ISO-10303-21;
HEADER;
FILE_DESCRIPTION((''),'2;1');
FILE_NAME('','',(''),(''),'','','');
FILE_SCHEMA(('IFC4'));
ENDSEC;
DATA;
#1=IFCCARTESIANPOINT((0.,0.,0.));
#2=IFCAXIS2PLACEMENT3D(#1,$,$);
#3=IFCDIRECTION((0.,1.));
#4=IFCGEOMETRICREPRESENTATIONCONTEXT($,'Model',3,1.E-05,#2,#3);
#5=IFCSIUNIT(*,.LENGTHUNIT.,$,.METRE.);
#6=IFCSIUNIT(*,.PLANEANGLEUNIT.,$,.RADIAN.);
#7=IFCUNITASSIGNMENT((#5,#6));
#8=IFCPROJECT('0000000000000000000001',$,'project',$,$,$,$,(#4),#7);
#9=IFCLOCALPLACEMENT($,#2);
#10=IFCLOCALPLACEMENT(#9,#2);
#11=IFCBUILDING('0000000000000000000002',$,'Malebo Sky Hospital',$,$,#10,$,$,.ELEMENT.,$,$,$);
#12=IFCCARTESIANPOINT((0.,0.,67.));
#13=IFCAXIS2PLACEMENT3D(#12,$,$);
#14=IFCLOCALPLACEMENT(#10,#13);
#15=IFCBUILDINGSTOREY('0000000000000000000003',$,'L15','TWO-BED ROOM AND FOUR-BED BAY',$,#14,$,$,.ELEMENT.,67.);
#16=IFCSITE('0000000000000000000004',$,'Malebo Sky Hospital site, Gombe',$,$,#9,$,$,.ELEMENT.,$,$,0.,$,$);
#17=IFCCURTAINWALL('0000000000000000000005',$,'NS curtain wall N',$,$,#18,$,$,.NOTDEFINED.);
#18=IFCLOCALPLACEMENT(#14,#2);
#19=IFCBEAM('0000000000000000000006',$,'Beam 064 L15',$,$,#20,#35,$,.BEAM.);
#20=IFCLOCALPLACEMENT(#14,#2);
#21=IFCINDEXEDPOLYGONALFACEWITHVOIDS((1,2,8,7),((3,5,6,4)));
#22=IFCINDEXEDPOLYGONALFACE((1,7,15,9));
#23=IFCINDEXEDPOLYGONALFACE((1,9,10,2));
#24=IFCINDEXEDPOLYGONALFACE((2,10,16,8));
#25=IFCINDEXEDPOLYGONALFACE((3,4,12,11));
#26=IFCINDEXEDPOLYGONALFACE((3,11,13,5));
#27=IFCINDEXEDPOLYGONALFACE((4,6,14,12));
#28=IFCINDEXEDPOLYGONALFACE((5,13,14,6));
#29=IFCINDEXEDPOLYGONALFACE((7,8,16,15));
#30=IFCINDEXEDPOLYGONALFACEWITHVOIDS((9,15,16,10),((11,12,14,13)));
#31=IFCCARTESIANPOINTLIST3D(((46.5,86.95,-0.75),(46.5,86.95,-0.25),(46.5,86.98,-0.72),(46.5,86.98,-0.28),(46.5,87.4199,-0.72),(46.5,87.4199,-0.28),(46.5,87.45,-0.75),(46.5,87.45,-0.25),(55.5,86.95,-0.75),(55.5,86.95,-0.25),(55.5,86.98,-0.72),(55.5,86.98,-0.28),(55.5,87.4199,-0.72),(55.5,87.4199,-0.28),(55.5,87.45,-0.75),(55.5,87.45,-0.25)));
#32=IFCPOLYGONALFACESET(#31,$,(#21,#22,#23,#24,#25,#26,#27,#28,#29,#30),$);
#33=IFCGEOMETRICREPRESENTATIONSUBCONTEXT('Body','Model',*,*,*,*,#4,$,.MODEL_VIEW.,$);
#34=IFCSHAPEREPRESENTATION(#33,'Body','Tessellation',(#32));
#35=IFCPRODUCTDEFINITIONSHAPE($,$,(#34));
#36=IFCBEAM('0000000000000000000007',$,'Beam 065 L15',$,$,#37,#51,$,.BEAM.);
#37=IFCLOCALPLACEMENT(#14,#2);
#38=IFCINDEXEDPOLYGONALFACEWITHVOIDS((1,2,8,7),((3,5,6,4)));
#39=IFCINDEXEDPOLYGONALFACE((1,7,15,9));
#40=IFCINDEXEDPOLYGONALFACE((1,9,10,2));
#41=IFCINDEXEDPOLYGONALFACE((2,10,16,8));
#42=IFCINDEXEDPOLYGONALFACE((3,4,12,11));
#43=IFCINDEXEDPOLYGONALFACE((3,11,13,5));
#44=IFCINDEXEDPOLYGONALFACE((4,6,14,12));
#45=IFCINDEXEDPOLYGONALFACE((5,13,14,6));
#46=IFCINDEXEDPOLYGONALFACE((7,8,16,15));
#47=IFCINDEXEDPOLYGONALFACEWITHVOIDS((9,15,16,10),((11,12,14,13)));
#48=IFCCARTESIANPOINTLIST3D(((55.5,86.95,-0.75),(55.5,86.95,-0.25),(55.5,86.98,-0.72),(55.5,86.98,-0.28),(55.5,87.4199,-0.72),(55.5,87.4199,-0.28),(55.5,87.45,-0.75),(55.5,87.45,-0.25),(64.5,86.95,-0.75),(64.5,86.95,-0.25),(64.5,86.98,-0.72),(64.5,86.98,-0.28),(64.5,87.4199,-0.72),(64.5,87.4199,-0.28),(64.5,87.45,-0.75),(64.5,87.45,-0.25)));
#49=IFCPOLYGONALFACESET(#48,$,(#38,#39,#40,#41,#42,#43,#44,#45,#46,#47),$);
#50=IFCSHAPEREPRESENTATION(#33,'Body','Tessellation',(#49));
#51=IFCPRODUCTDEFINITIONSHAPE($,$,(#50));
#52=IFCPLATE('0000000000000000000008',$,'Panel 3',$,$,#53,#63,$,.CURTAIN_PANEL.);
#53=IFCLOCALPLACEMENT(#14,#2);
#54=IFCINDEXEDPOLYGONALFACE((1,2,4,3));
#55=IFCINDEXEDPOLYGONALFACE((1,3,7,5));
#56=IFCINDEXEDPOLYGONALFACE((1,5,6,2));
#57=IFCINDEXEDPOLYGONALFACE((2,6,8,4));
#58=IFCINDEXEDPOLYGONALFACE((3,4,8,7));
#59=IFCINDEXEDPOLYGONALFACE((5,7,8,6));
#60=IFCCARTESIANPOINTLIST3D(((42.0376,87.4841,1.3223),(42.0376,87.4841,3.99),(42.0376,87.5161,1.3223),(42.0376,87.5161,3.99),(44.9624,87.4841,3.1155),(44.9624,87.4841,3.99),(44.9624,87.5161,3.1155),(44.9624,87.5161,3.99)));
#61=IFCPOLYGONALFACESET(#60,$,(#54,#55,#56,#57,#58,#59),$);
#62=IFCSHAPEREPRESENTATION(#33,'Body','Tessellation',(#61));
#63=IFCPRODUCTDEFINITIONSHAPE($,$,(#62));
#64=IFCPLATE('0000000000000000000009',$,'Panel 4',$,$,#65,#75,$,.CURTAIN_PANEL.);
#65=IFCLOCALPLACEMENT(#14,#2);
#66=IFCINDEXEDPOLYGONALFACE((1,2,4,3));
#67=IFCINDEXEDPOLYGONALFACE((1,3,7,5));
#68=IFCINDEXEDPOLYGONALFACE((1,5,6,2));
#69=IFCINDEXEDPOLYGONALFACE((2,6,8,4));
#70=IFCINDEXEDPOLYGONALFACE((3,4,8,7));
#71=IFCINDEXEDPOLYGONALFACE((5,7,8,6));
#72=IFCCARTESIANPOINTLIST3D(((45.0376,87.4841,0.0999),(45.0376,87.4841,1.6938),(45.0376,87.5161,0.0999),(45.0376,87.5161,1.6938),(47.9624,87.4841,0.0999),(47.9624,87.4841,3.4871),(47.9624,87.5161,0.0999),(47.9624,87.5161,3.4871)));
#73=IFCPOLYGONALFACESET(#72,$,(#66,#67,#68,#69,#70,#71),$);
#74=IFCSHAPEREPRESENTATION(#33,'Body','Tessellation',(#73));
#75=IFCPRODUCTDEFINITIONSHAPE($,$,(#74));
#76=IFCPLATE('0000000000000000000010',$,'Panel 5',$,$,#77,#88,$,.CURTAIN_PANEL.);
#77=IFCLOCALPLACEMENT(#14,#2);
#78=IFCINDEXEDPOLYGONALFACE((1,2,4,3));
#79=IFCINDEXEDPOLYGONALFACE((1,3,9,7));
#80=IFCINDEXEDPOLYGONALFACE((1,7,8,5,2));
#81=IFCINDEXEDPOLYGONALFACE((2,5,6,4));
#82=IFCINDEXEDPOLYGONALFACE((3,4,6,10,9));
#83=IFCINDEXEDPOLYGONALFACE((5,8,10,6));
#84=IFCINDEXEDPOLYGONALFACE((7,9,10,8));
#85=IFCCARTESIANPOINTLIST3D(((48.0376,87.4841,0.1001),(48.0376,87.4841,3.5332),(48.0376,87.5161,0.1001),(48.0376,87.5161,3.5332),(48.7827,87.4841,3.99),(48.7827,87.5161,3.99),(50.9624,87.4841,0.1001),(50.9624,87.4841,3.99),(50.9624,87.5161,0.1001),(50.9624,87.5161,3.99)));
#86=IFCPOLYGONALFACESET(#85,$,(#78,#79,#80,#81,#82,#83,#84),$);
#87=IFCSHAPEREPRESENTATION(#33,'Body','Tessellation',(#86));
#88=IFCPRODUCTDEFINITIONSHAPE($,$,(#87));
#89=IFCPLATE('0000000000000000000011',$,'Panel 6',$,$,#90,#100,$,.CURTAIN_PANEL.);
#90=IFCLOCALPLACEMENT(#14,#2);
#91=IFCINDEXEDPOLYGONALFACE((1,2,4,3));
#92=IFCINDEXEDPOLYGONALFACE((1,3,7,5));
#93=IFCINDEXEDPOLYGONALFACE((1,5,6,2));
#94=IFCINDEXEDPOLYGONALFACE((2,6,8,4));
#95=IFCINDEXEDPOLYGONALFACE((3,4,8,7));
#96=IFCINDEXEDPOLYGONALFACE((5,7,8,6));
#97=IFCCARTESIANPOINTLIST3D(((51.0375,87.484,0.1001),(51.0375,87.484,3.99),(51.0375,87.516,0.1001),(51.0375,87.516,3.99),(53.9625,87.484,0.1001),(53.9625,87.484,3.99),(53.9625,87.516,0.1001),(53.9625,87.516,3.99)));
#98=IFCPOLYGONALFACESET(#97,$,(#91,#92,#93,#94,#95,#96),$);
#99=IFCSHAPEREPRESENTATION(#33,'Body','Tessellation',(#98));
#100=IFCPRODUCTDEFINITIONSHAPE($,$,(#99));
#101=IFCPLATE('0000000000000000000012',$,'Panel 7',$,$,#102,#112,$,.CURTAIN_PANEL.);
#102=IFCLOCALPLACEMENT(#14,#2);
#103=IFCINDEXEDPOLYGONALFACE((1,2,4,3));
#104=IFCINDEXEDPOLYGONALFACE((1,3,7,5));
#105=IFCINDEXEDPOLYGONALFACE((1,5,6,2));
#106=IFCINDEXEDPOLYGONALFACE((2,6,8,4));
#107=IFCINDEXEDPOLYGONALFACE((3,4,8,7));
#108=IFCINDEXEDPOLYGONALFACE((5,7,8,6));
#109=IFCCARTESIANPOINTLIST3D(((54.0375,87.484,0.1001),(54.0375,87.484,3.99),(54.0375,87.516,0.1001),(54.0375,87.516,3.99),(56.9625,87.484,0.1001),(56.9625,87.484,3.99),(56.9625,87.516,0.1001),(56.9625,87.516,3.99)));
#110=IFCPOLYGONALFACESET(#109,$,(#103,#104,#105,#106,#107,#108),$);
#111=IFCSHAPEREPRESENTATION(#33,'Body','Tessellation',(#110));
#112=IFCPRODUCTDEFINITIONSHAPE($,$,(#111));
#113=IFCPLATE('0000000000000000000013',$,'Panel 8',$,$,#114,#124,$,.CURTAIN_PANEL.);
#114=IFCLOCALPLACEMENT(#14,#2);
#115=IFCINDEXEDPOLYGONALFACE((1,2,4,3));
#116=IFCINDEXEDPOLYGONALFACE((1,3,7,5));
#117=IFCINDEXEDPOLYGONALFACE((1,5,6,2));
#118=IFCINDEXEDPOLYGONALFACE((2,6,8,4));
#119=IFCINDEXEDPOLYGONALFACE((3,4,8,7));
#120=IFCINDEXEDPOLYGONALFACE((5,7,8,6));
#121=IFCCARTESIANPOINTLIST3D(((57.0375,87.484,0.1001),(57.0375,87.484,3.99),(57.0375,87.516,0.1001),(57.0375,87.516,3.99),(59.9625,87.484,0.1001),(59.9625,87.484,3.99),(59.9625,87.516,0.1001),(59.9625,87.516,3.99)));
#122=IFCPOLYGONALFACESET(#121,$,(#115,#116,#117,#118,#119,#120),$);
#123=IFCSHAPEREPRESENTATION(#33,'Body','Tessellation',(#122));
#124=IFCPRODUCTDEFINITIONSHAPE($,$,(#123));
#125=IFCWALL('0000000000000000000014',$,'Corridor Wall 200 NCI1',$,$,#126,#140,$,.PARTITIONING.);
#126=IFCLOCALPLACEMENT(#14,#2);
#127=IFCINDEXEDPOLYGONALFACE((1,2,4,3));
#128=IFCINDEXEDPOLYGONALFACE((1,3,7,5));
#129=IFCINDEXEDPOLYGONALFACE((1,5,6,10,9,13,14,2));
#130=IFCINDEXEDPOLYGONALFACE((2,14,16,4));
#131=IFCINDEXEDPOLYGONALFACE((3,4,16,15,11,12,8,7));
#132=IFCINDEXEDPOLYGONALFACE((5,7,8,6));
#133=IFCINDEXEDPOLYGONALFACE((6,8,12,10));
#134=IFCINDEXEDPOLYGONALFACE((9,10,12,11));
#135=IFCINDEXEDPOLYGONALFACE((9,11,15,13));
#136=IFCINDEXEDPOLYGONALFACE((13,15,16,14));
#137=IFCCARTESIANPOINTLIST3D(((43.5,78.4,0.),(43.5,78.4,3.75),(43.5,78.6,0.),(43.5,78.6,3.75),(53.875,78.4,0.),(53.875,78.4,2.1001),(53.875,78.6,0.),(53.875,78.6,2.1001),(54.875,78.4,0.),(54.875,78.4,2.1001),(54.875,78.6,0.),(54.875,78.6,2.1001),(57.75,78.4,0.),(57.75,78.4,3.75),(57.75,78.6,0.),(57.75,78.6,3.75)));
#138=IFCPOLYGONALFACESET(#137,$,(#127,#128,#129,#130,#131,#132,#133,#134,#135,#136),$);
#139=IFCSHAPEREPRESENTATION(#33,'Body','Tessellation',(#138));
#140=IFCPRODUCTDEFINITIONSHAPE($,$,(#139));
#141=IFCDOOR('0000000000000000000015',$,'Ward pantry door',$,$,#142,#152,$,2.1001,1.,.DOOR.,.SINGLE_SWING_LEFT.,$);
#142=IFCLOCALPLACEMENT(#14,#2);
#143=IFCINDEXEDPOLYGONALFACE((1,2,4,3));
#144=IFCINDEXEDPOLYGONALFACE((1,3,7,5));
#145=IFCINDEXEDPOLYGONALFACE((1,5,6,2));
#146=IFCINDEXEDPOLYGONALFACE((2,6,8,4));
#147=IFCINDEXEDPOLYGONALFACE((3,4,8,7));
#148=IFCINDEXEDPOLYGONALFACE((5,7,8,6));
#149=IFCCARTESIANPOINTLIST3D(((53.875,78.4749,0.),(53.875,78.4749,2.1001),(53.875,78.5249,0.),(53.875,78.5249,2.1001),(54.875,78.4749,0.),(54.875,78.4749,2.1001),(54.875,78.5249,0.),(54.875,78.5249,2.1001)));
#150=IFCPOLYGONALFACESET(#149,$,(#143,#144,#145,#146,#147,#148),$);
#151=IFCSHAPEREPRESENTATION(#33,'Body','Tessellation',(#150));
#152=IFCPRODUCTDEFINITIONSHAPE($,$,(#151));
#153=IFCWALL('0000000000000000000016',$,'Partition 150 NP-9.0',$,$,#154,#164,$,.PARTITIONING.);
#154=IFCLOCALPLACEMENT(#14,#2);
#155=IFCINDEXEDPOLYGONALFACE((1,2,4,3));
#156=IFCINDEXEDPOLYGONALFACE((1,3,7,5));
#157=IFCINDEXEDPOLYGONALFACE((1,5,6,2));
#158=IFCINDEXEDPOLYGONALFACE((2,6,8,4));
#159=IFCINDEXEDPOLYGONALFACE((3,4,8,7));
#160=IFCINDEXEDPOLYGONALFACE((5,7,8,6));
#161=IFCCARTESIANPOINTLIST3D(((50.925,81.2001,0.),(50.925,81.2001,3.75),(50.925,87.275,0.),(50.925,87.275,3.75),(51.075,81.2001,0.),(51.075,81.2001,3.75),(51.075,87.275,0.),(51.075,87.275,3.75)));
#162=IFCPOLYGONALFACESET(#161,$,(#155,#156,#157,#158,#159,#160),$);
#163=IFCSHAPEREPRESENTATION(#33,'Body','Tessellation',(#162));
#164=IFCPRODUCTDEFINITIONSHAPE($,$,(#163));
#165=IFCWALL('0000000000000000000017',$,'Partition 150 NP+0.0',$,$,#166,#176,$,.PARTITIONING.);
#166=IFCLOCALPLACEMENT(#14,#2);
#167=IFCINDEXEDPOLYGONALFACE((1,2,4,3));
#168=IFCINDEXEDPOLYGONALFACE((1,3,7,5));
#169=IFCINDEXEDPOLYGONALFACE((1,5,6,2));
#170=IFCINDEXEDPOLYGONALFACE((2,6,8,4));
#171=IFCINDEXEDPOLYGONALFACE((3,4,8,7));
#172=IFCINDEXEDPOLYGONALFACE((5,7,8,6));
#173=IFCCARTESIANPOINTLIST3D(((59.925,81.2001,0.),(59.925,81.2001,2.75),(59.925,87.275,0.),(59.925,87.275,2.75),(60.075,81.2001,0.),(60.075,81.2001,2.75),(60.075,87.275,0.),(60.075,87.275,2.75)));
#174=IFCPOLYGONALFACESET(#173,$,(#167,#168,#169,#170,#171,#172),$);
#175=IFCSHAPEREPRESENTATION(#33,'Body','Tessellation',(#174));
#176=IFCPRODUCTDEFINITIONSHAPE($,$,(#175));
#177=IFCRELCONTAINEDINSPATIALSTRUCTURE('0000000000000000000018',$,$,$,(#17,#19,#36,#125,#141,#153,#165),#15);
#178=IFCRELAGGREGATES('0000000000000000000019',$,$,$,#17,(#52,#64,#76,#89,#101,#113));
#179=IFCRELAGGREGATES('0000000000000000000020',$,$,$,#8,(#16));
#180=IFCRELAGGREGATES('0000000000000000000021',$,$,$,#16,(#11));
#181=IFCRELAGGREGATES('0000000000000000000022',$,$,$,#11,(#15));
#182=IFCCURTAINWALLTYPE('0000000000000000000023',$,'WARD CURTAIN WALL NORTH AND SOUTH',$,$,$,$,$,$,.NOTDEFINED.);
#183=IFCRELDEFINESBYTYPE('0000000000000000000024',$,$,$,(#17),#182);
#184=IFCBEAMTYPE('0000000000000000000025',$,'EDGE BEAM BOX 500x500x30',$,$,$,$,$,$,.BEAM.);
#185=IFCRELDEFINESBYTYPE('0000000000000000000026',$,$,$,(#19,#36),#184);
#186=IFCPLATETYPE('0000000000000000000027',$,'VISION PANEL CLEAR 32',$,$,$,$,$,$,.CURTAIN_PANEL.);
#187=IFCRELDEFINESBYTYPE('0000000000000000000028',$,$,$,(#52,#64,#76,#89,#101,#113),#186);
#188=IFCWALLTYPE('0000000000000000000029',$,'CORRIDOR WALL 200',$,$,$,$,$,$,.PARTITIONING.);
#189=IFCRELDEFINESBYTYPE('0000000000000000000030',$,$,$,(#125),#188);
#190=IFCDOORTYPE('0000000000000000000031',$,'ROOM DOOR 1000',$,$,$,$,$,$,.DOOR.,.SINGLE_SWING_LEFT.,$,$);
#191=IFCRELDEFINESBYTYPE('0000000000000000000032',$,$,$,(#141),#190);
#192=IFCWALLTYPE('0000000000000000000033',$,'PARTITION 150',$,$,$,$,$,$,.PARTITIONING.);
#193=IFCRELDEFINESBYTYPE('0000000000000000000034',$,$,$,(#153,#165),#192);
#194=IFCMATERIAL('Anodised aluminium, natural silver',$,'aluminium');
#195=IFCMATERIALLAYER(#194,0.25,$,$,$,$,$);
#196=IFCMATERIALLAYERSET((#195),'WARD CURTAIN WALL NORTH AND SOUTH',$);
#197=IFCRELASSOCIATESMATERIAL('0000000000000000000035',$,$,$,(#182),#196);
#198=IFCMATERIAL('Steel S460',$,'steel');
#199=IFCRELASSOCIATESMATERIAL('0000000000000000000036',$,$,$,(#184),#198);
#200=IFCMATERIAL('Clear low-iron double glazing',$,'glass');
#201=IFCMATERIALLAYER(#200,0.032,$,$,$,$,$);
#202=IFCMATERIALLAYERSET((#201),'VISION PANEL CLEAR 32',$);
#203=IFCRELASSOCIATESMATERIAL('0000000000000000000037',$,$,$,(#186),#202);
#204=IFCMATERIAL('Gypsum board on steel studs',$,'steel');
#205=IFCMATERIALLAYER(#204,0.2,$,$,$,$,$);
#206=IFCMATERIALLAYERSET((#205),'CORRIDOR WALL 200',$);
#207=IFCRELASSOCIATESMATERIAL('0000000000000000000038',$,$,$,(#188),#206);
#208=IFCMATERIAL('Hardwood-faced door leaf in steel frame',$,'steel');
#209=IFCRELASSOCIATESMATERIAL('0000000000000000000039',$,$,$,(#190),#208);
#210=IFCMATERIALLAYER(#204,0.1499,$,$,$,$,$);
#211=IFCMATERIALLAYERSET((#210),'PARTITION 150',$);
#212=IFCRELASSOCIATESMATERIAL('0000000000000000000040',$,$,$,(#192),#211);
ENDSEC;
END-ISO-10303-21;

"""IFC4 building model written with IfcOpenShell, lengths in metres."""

from ifc_helpers import new_model, si_unit, direction, frame, frame_2d, origin, origin_2d, place, context, subcontext, project, spatial, polyline, rectangle, hollow_rectangle, outline, extrude, material, layer, layer_set, material_profile, profile_set, type_object, element, fill, aggregate, save


model = new_model("IFC4")

# Units and contexts
model_context = context("Model", 3, precision=1e-05, world=origin(), true_north=direction((0.0, 1.0)))
body_context = subcontext(model_context, "Body", "Model", "MODEL_VIEW")
ifc_project = project(units=[si_unit("LENGTHUNIT", "METRE"), si_unit("PLANEANGLEUNIT", "RADIAN")], contexts=[model_context])

# Site, building, storey
site_placement = place(None, origin())
site = spatial("IfcSite", under=ifc_project, at=site_placement, Name="Malebo Sky Hospital site, Gombe", CompositionType="ELEMENT", RefElevation=0.0)
building_placement = place(site_placement, origin())
building = spatial("IfcBuilding", under=site, at=building_placement, Name="Malebo Sky Hospital", CompositionType="ELEMENT")
storey_placement = place(building_placement, frame((0.0, 0.0, 67.0)))
storey = spatial("IfcBuildingStorey", under=building, at=storey_placement, Name="L15", Description="TWO-BED ROOM AND FOUR-BED BAY", CompositionType="ELEMENT", Elevation=67.0)

# Shared definitions
ifc_material_1 = material(Name="Steel S460", Category="steel")

# Curtain wall
ifc_material_2 = material(Name="Anodised aluminium, natural silver", Category="aluminium")
ifc_layer_1 = layer(ifc_material_2, 0.25)
ifc_layer_set_1 = layer_set([ifc_layer_1], Name="WARD CURTAIN WALL NORTH AND SOUTH")
curtain_wall_type = type_object("IfcCurtainWallType", Name="WARD CURTAIN WALL NORTH AND SOUTH", PredefinedType="NOTDEFINED", material=ifc_layer_set_1)
curtain_wall_placement = place(storey_placement, origin())
curtain_wall = element("IfcCurtainWall", 1, at=curtain_wall_placement, inside=storey, type_object=curtain_wall_type, Name="NS curtain wall N", PredefinedType="NOTDEFINED")

# Beams
ifc_material_profile_1 = material_profile(ifc_material_1, hollow_rectangle(XDim=0.5, YDim=0.5, WallThickness=0.03, at=origin_2d()), Name="BOX 500x500x30")
ifc_profile_set_1 = profile_set([ifc_material_profile_1], Name="Steel S460")
beam_type = type_object("IfcBeamType", Name="EDGE BEAM BOX 500x500x30", PredefinedType="BEAM", material=ifc_profile_set_1)
for number, where, z_axis, x_axis, name in (
    (2, (46.5, 87.2, -0.5), (1.0, 0.0, 0.0), (0.0, 1.0, 0.0), "Beam 064 L15"),
    (3, (55.5, 87.2, -0.5), (1.0, 0.0, 0.0), (0.0, 1.0, 0.0), "Beam 065 L15"),
):
    element("IfcBeam", number, at=place(storey_placement, frame(where, z_axis=z_axis, x_axis=x_axis)), inside=storey, type_object=beam_type, Name=name, PredefinedType="BEAM", context=body_context, shape_type="SweptSolid", body=[
        extrude(hollow_rectangle(XDim=0.5, YDim=0.5, WallThickness=0.03, at=origin_2d()), origin(), (0.0, 0.0, 1.0), 9.0),
    ])

# Plates
ifc_material_3 = material(Name="Clear low-iron double glazing", Category="glass")
ifc_layer_2 = layer(ifc_material_3, 0.032)
ifc_layer_set_2 = layer_set([ifc_layer_2], Name="VISION PANEL CLEAR 32")
plate_type = type_object("IfcPlateType", Name="VISION PANEL CLEAR 32", PredefinedType="CURTAIN_PANEL", material=ifc_layer_set_2)
plate_1_placement = place(storey_placement, frame((43.5, 87.5, 1.3223), z_axis=(0.0, 0.0, 1.0), x_axis=(1.0, 0.0, 0.0)))
plate_1 = element("IfcPlate", 4, at=plate_1_placement, type_object=plate_type, Name="Panel 3", PredefinedType="CURTAIN_PANEL", context=body_context, shape_type="SweptSolid", body=[
    extrude(outline(polyline([(-1.4624, 0.0), (1.4624, 1.7932), (1.4624, 2.6677), (-1.4624, 2.6677), (-1.4624, 0.0)])), frame((0.0, 0.0161, 0.0), z_axis=(0.0, -1.0, 0.0), x_axis=(1.0, 0.0, 0.0)), (0.0, 0.0, 1.0), 0.032),
])
plate_2_placement = place(storey_placement, frame((46.5, 87.5, 0.0999), z_axis=(0.0, 0.0, 1.0), x_axis=(1.0, 0.0, 0.0)))
plate_2 = element("IfcPlate", 5, at=plate_2_placement, type_object=plate_type, Name="Panel 4", PredefinedType="CURTAIN_PANEL", context=body_context, shape_type="SweptSolid", body=[
    extrude(outline(polyline([(-1.4624, 0.0), (1.4624, 0.0), (1.4624, 3.3872), (-1.4624, 1.594), (-1.4624, 0.0)])), frame((0.0, 0.0161, 0.0), z_axis=(0.0, -1.0, 0.0), x_axis=(1.0, 0.0, 0.0)), (0.0, 0.0, 1.0), 0.032),
])
plate_3_placement = place(storey_placement, frame((49.5, 87.5, 0.1001), z_axis=(0.0, 0.0, 1.0), x_axis=(1.0, 0.0, 0.0)))
plate_3 = element("IfcPlate", 6, at=plate_3_placement, type_object=plate_type, Name="Panel 5", PredefinedType="CURTAIN_PANEL", context=body_context, shape_type="SweptSolid", body=[
    extrude(outline(polyline([(-1.4624, 0.0), (1.4624, 0.0), (1.4624, 3.8899), (-0.7173, 3.8899), (-1.4624, 3.4331), (-1.4624, 0.0)])), frame((0.0, 0.0161, 0.0), z_axis=(0.0, -1.0, 0.0), x_axis=(1.0, 0.0, 0.0)), (0.0, 0.0, 1.0), 0.032),
])
plate_4_placement = place(storey_placement, frame((52.5, 87.5, 0.1001), z_axis=(0.0, 0.0, 1.0), x_axis=(1.0, 0.0, 0.0)))
plate_4 = element("IfcPlate", 7, at=plate_4_placement, type_object=plate_type, Name="Panel 6", PredefinedType="CURTAIN_PANEL", context=body_context, shape_type="SweptSolid", body=[
    extrude(rectangle(XDim=2.925, YDim=0.032, at=origin_2d()), origin(), (0.0, 0.0, 1.0), 3.8899),
])
plate_5_placement = place(storey_placement, frame((55.5, 87.5, 0.1001), z_axis=(0.0, 0.0, 1.0), x_axis=(1.0, 0.0, 0.0)))
plate_5 = element("IfcPlate", 8, at=plate_5_placement, type_object=plate_type, Name="Panel 7", PredefinedType="CURTAIN_PANEL", context=body_context, shape_type="SweptSolid", body=[
    extrude(rectangle(XDim=2.925, YDim=0.032, at=origin_2d()), origin(), (0.0, 0.0, 1.0), 3.8899),
])
plate_6_placement = place(storey_placement, frame((58.5, 87.5, 0.1001), z_axis=(0.0, 0.0, 1.0), x_axis=(1.0, 0.0, 0.0)))
plate_6 = element("IfcPlate", 9, at=plate_6_placement, type_object=plate_type, Name="Panel 8", PredefinedType="CURTAIN_PANEL", context=body_context, shape_type="SweptSolid", body=[
    extrude(rectangle(XDim=2.925, YDim=0.032, at=origin_2d()), origin(), (0.0, 0.0, 1.0), 3.8899),
])
aggregate(curtain_wall, [plate_1, plate_2, plate_3, plate_4, plate_5, plate_6])

# Wall, opening, door
ifc_material_4 = material(Name="Gypsum board on steel studs", Category="steel")
ifc_layer_3 = layer(ifc_material_4, 0.2)
ifc_layer_set_3 = layer_set([ifc_layer_3], Name="CORRIDOR WALL 200")
wall_type_1 = type_object("IfcWallType", Name="CORRIDOR WALL 200", PredefinedType="PARTITIONING", material=ifc_layer_set_3)
wall_1_placement = place(storey_placement, frame((43.5, 78.5, 0.0), z_axis=(0.0, 0.0, 1.0), x_axis=(1.0, 0.0, 0.0)))
wall_1 = element("IfcWall", 10, at=wall_1_placement, inside=storey, type_object=wall_type_1, Name="Corridor Wall 200 NCI1", PredefinedType="PARTITIONING", context=body_context, shape_type="SweptSolid", body=[
    extrude(rectangle(XDim=14.25, YDim=0.2, at=frame_2d((7.125, 0.0))), origin(), (0.0, 0.0, 1.0), 3.75),
])
opening_1_placement = place(wall_1_placement, frame((10.375, 0.0, 0.0)))
opening_1 = element("IfcOpeningElement", 11, at=opening_1_placement, cuts=wall_1, PredefinedType="OPENING", context=body_context, shape_type="SweptSolid", body=[
    extrude(rectangle(XDim=1.0, YDim=2.1001, at=frame_2d((0.5, 1.05))), frame((0.0, 0.1099, 0.0), z_axis=(0.0, -1.0, 0.0), x_axis=(1.0, 0.0, 0.0)), (0.0, 0.0, 1.0), 0.22),
])
ifc_material_5 = material(Name="Hardwood-faced door leaf in steel frame", Category="steel")
door_type_1 = type_object("IfcDoorType", Name="ROOM DOOR 1000", OperationType="SINGLE_SWING_LEFT", PredefinedType="DOOR", material=ifc_material_5)
door_1_placement = place(opening_1_placement, origin())
door_1 = element("IfcDoor", 12, at=door_1_placement, inside=storey, type_object=door_type_1, Name="Ward pantry door", OperationType="SINGLE_SWING_LEFT", OverallHeight=2.1001, OverallWidth=1.0, PredefinedType="DOOR", context=body_context, shape_type="SweptSolid", body=[
    extrude(rectangle(XDim=1.0, YDim=2.1001, at=frame_2d((0.5, 1.05))), frame((0.0, 0.0249, 0.0), z_axis=(0.0, -1.0, 0.0), x_axis=(1.0, 0.0, 0.0)), (0.0, 0.0, 1.0), 0.05),
])
fill(opening_1, door_1)

# Walls
ifc_layer_4 = layer(ifc_material_4, 0.1499)
ifc_layer_set_4 = layer_set([ifc_layer_4], Name="PARTITION 150")
wall_type_2 = type_object("IfcWallType", Name="PARTITION 150", PredefinedType="PARTITIONING", material=ifc_layer_set_4)
wall_2_placement = place(storey_placement, frame((51.0, 81.2, 0.0), z_axis=(0.0, 0.0, 1.0), x_axis=(0.0, 1.0, 0.0)))
element("IfcWall", 13, at=wall_2_placement, inside=storey, type_object=wall_type_2, Name="Partition 150 NP-9.0", PredefinedType="PARTITIONING", context=body_context, shape_type="SweptSolid", body=[
    extrude(rectangle(XDim=6.075, YDim=0.1499, at=frame_2d((3.0376, 0.0))), origin(), (0.0, 0.0, 1.0), 3.75),
])
wall_3_placement = place(storey_placement, frame((60.0, 81.2, 0.0), z_axis=(0.0, 0.0, 1.0), x_axis=(0.0, 1.0, 0.0)))
element("IfcWall", 14, at=wall_3_placement, inside=storey, type_object=wall_type_2, Name="Partition 150 NP+0.0", PredefinedType="PARTITIONING", context=body_context, shape_type="SweptSolid", body=[
    extrude(rectangle(XDim=6.075, YDim=0.1499, at=frame_2d((3.0376, 0.0))), origin(), (0.0, 0.0, 1.0), 2.75),
])

save(model, "model.ifc")
